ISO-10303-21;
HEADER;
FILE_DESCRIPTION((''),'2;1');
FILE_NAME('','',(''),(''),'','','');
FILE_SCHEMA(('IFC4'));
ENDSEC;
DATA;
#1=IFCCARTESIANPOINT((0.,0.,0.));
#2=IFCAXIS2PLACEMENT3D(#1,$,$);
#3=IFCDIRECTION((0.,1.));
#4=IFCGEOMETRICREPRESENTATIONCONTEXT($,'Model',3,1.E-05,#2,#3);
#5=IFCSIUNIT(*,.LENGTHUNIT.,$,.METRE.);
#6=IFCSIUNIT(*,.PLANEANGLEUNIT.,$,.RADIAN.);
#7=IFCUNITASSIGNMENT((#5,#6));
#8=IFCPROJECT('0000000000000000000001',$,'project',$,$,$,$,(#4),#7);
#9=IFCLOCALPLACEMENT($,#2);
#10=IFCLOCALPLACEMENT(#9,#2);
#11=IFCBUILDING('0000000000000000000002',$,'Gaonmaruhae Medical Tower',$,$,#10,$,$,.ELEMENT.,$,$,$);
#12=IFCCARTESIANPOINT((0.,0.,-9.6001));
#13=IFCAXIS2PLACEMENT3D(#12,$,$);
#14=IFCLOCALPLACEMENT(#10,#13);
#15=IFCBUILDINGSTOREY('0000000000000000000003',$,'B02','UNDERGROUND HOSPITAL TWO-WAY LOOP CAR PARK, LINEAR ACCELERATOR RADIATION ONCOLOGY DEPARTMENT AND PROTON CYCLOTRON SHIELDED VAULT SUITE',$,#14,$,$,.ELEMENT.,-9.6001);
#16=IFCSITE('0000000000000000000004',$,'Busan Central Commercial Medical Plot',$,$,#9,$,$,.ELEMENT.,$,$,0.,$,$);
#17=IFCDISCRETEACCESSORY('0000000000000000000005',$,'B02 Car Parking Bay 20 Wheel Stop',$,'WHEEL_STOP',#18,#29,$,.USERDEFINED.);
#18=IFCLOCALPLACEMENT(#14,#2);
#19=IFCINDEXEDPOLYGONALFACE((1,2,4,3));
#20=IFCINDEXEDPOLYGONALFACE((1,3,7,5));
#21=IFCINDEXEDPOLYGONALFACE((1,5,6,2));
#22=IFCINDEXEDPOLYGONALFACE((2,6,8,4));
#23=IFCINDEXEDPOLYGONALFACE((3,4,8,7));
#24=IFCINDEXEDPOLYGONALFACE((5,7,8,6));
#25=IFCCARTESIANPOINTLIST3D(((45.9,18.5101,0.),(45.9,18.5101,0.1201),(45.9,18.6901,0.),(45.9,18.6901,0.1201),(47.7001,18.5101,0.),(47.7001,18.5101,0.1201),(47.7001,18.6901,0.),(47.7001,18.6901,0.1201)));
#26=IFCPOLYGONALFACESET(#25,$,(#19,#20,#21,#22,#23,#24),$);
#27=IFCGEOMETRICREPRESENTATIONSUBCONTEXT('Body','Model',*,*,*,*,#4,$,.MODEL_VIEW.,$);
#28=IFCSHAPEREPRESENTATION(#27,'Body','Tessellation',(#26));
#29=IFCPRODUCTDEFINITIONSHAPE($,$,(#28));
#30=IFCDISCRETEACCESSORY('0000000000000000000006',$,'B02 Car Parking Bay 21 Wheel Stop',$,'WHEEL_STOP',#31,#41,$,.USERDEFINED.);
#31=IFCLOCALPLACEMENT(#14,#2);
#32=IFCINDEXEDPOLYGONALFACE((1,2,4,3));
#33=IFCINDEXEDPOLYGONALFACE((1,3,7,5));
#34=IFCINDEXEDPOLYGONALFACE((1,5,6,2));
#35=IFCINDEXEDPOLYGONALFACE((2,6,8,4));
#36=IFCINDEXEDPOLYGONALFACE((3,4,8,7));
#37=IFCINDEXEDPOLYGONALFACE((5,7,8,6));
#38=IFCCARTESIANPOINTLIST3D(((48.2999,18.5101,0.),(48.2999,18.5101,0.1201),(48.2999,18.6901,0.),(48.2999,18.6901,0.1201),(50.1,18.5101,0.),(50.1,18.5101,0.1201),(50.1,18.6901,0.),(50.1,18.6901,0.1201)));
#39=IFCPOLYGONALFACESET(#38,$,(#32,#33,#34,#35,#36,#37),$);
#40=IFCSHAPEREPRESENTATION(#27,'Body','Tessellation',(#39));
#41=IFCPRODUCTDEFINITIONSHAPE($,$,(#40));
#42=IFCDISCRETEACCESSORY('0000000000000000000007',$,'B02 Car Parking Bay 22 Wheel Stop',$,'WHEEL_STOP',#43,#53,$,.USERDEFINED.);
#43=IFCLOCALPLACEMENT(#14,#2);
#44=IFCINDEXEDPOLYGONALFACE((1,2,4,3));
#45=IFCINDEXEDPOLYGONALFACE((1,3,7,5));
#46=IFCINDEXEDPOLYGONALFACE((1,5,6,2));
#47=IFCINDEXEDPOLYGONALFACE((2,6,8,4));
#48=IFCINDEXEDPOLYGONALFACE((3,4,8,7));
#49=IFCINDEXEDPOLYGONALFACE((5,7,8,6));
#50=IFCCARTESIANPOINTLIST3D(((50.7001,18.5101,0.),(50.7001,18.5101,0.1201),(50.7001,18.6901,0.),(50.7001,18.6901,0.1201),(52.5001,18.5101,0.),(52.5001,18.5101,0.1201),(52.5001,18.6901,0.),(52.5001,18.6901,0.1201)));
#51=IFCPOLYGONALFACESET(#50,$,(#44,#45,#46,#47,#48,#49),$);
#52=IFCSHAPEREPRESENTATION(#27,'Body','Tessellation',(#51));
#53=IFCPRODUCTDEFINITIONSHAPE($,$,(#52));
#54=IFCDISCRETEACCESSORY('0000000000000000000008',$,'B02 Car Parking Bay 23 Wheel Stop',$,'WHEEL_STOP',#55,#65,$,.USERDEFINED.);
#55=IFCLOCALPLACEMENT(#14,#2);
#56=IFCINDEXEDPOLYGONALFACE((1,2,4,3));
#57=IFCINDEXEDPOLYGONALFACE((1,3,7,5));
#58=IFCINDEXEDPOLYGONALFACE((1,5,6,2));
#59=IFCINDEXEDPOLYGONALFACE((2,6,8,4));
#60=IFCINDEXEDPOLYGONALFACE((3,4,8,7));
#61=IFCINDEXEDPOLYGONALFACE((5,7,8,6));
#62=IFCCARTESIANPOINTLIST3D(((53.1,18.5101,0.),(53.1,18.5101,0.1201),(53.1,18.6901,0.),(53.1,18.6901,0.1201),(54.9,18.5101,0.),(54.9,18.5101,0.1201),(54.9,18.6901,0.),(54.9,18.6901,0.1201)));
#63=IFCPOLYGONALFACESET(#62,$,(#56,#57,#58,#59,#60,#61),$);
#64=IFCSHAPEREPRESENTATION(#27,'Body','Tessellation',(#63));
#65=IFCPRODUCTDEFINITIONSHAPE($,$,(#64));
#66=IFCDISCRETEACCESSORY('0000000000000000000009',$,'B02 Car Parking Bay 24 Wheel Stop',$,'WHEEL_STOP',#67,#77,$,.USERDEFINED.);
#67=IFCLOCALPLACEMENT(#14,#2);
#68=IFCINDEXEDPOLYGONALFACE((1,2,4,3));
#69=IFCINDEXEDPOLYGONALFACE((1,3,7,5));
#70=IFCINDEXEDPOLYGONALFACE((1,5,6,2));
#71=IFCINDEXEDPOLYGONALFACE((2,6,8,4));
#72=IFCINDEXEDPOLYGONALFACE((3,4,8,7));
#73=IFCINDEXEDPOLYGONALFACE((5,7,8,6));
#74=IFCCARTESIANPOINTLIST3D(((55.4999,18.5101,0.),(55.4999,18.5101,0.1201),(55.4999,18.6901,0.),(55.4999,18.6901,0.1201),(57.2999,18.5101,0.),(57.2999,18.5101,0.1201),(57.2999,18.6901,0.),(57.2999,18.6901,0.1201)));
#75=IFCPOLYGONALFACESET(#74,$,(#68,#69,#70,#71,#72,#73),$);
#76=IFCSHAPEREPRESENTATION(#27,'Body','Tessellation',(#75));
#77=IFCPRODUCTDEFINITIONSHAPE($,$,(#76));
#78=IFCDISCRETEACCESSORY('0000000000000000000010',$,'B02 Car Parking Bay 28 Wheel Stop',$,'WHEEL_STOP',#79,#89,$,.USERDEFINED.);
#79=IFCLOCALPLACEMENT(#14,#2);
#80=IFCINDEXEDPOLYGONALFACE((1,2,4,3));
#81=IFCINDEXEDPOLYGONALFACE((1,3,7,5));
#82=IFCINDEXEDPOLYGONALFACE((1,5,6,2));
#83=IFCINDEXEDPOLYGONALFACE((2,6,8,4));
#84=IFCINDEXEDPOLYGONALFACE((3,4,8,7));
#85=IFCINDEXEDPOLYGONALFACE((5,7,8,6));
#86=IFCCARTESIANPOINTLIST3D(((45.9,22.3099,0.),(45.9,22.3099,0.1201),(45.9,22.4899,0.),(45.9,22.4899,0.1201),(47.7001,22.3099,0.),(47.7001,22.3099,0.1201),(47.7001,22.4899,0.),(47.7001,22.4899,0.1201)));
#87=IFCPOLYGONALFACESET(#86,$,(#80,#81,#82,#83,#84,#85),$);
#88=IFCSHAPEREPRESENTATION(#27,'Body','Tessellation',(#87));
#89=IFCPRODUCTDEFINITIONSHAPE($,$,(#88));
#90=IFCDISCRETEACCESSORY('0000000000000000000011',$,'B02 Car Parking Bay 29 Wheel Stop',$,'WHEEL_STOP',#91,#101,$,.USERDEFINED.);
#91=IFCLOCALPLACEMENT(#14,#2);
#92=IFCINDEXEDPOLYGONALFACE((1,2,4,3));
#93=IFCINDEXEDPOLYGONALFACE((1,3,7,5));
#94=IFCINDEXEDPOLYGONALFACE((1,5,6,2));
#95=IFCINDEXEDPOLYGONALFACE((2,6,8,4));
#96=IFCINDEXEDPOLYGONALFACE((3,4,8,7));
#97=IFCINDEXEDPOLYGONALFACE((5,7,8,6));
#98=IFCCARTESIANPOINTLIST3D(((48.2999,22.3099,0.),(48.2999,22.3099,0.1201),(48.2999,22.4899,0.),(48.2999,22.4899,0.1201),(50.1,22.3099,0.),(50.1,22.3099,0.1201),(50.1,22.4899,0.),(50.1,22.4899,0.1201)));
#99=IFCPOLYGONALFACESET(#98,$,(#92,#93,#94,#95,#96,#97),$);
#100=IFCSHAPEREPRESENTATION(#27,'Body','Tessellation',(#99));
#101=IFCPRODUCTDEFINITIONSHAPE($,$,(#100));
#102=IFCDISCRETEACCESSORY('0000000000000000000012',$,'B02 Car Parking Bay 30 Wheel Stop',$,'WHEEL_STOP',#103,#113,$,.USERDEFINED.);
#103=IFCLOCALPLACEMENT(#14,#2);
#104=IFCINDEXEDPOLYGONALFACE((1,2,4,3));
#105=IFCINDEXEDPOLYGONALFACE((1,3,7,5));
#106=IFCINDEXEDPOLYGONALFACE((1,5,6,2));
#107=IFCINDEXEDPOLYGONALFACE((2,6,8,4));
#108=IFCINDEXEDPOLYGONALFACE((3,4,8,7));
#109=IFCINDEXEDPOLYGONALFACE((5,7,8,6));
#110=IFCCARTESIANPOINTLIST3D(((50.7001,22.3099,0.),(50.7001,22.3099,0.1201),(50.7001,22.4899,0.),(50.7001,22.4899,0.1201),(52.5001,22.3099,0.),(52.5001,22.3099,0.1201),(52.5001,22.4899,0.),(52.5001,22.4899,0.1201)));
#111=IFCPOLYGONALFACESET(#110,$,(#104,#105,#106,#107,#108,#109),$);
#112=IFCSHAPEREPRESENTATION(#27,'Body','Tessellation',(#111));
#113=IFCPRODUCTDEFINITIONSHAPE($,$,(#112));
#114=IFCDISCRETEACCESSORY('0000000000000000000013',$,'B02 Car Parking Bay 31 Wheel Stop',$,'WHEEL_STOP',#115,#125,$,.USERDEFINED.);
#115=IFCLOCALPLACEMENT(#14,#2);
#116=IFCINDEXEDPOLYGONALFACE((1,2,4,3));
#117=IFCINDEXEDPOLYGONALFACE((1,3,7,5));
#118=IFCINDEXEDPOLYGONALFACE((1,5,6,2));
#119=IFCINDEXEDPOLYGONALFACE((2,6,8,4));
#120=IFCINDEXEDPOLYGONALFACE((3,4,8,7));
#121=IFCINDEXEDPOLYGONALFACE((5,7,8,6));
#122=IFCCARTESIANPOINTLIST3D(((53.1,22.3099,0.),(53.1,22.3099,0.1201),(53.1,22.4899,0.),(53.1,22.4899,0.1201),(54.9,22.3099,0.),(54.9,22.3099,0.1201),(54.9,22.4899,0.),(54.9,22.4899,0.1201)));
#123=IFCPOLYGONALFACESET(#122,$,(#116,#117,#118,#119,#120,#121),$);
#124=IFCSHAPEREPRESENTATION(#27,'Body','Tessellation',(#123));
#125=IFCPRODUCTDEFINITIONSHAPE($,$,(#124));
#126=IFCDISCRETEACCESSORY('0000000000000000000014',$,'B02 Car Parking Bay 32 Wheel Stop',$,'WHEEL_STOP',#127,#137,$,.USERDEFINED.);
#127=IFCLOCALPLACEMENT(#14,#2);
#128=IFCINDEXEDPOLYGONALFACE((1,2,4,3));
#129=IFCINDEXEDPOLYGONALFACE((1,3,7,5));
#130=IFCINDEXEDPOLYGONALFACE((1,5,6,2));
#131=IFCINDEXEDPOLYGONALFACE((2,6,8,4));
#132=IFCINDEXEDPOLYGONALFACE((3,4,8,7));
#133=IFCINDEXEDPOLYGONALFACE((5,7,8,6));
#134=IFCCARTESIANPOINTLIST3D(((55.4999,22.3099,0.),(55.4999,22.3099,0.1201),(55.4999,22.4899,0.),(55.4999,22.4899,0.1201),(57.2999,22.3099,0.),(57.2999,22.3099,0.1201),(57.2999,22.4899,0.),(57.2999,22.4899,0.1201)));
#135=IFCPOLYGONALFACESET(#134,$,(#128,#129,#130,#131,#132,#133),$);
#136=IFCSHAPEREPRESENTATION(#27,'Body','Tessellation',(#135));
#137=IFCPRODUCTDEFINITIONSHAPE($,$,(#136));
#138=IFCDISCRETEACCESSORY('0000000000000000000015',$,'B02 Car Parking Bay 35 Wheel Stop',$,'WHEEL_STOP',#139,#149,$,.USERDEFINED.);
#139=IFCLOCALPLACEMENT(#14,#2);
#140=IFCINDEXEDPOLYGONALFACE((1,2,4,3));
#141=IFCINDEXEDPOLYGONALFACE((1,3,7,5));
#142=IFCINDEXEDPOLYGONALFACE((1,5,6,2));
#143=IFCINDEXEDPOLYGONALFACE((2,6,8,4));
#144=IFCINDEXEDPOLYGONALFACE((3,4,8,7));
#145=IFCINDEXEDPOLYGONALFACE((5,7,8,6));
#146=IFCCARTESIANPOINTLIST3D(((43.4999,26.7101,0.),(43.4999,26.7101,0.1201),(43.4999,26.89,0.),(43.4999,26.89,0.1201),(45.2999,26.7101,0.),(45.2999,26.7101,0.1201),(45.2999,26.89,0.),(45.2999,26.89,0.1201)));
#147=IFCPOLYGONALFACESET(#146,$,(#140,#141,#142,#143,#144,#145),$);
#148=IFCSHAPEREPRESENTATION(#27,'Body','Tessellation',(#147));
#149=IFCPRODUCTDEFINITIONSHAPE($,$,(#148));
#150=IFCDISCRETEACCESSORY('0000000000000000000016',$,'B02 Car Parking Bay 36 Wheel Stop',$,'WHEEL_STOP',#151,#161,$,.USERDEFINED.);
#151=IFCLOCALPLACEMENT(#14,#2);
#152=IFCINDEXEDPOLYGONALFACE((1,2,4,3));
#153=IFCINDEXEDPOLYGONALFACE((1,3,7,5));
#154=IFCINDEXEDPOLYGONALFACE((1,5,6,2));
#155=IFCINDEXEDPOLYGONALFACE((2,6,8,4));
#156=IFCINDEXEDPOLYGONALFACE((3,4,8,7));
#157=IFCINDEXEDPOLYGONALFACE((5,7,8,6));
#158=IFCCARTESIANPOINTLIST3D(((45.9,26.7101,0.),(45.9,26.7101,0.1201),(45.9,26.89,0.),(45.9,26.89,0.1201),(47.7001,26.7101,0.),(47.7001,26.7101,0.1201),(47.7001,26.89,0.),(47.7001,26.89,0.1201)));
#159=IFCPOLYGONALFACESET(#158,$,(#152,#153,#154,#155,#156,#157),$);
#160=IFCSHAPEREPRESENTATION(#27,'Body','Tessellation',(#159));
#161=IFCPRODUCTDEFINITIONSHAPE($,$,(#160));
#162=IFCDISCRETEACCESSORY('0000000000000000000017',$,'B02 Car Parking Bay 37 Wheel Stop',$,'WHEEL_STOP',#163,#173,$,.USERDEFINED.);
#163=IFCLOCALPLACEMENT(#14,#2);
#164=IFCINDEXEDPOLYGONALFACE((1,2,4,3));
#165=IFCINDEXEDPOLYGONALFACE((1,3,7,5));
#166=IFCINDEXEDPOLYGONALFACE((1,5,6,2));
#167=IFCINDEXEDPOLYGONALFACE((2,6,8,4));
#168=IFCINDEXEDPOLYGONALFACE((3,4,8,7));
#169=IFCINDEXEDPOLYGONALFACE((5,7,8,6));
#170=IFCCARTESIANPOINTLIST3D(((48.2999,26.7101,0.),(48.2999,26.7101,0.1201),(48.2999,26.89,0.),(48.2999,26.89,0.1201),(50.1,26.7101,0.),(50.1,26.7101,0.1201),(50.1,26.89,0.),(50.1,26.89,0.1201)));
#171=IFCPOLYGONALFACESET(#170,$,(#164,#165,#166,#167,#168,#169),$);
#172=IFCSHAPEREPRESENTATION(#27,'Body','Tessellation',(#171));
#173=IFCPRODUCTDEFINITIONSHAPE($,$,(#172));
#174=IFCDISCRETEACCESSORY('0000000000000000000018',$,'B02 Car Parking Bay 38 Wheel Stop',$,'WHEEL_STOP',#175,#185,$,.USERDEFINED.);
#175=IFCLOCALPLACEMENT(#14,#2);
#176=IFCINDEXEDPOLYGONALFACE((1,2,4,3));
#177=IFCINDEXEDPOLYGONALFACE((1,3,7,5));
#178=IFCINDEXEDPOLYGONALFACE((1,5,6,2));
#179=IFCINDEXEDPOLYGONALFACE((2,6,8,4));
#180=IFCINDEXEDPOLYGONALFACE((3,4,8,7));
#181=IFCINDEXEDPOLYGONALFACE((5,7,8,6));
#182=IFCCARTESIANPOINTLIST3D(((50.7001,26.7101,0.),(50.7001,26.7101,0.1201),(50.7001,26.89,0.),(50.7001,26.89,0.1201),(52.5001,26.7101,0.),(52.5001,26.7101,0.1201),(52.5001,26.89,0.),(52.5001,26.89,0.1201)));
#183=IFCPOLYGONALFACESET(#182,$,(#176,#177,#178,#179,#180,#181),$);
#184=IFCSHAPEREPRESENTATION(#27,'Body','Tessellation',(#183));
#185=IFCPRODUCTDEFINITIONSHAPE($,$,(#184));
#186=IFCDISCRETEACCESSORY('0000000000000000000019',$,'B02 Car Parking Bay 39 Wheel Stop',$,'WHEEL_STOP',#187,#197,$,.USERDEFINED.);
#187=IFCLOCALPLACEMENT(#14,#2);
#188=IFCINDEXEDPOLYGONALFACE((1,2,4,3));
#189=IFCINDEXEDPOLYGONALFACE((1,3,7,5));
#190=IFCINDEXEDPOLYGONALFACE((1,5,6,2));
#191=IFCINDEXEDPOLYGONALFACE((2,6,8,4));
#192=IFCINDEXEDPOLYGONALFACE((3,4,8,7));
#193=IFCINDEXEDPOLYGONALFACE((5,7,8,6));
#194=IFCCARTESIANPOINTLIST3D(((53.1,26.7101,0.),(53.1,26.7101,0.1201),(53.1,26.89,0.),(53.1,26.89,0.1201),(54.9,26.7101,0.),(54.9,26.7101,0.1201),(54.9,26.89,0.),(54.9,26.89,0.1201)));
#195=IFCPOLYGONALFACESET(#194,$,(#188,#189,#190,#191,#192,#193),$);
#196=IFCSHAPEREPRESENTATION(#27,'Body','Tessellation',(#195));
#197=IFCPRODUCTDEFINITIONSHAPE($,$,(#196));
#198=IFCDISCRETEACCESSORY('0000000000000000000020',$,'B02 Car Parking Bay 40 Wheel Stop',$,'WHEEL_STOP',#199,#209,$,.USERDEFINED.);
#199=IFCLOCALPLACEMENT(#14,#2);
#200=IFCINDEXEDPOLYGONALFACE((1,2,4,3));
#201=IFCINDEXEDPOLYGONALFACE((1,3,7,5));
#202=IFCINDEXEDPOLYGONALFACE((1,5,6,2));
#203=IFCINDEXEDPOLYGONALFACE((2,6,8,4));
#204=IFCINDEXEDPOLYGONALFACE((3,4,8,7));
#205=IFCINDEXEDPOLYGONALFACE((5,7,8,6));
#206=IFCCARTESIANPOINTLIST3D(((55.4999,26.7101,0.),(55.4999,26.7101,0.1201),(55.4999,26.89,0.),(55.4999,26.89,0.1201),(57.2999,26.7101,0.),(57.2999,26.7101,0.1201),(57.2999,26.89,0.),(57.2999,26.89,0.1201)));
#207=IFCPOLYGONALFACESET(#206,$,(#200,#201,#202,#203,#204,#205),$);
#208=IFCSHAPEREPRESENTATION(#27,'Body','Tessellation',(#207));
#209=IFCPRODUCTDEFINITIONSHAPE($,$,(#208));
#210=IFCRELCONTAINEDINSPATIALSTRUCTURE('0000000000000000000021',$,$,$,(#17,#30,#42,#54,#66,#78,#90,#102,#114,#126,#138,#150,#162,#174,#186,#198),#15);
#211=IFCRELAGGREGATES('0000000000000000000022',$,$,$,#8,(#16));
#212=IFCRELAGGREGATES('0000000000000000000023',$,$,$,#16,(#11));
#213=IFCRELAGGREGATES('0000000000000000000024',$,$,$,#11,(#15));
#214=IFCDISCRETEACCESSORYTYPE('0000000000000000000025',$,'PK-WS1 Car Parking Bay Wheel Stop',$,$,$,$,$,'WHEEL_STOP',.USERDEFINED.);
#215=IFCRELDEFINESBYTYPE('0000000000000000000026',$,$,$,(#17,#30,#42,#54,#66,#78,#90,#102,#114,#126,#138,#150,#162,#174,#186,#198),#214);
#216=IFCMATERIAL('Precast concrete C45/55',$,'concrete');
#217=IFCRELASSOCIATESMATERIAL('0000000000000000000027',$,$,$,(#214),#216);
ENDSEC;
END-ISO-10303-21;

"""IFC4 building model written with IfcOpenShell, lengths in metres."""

from ifc_helpers import new_model, si_unit, direction, frame, origin, origin_2d, place, context, subcontext, project, spatial, rectangle, extrude, material, type_object, element, save


model = new_model("IFC4")

# Units and contexts
model_context = context("Model", 3, precision=1e-05, world=origin(), true_north=direction((0.0, 1.0)))
body_context = subcontext(model_context, "Body", "Model", "MODEL_VIEW")
ifc_project = project(units=[si_unit("LENGTHUNIT", "METRE"), si_unit("PLANEANGLEUNIT", "RADIAN")], contexts=[model_context])

# Site, building, storey
site_placement = place(None, origin())
site = spatial("IfcSite", under=ifc_project, at=site_placement, Name="Busan Central Commercial Medical Plot", CompositionType="ELEMENT", RefElevation=0.0)
building_placement = place(site_placement, origin())
building = spatial("IfcBuilding", under=site, at=building_placement, Name="Gaonmaruhae Medical Tower", CompositionType="ELEMENT")
storey_placement = place(building_placement, frame((0.0, 0.0, -9.6001)))
storey = spatial("IfcBuildingStorey", under=building, at=storey_placement, Name="B02", Description="UNDERGROUND HOSPITAL TWO-WAY LOOP CAR PARK, LINEAR ACCELERATOR RADIATION ONCOLOGY DEPARTMENT AND PROTON CYCLOTRON SHIELDED VAULT SUITE", CompositionType="ELEMENT", Elevation=-9.6001)

# Discrete accessories
ifc_material_1 = material(Name="Precast concrete C45/55", Category="concrete")
discrete_accessory_type = type_object("IfcDiscreteAccessoryType", Name="PK-WS1 Car Parking Bay Wheel Stop", ElementType="WHEEL_STOP", PredefinedType="USERDEFINED", material=ifc_material_1)
for number, where, z_axis, x_axis, name in (
    (1, (46.8, 18.6001, 0.0), (0.0, 0.0, 1.0), (1.0, 0.0, 0.0), "B02 Car Parking Bay 20 Wheel Stop"),
    (2, (49.2, 18.6001, 0.0), (0.0, 0.0, 1.0), (1.0, 0.0, 0.0), "B02 Car Parking Bay 21 Wheel Stop"),
    (3, (51.6001, 18.6001, 0.0), (0.0, 0.0, 1.0), (1.0, 0.0, 0.0), "B02 Car Parking Bay 22 Wheel Stop"),
    (4, (54.0, 18.6001, 0.0), (0.0, 0.0, 1.0), (1.0, 0.0, 0.0), "B02 Car Parking Bay 23 Wheel Stop"),
    (5, (56.3999, 18.6001, 0.0), (0.0, 0.0, 1.0), (1.0, 0.0, 0.0), "B02 Car Parking Bay 24 Wheel Stop"),
    (6, (46.8, 22.3999, 0.0), (0.0, 0.0, 1.0), (1.0, 0.0, 0.0), "B02 Car Parking Bay 28 Wheel Stop"),
    (7, (49.2, 22.3999, 0.0), (0.0, 0.0, 1.0), (1.0, 0.0, 0.0), "B02 Car Parking Bay 29 Wheel Stop"),
    (8, (51.6001, 22.3999, 0.0), (0.0, 0.0, 1.0), (1.0, 0.0, 0.0), "B02 Car Parking Bay 30 Wheel Stop"),
    (9, (54.0, 22.3999, 0.0), (0.0, 0.0, 1.0), (1.0, 0.0, 0.0), "B02 Car Parking Bay 31 Wheel Stop"),
    (10, (56.3999, 22.3999, 0.0), (0.0, 0.0, 1.0), (1.0, 0.0, 0.0), "B02 Car Parking Bay 32 Wheel Stop"),
    (11, (44.3999, 26.8, 0.0), (0.0, 0.0, 1.0), (1.0, 0.0, 0.0), "B02 Car Parking Bay 35 Wheel Stop"),
    (12, (46.8, 26.8, 0.0), (0.0, 0.0, 1.0), (1.0, 0.0, 0.0), "B02 Car Parking Bay 36 Wheel Stop"),
    (13, (49.2, 26.8, 0.0), (0.0, 0.0, 1.0), (1.0, 0.0, 0.0), "B02 Car Parking Bay 37 Wheel Stop"),
    (14, (51.6001, 26.8, 0.0), (0.0, 0.0, 1.0), (1.0, 0.0, 0.0), "B02 Car Parking Bay 38 Wheel Stop"),
    (15, (54.0, 26.8, 0.0), (0.0, 0.0, 1.0), (1.0, 0.0, 0.0), "B02 Car Parking Bay 39 Wheel Stop"),
    (16, (56.3999, 26.8, 0.0), (0.0, 0.0, 1.0), (1.0, 0.0, 0.0), "B02 Car Parking Bay 40 Wheel Stop"),
):
    element("IfcDiscreteAccessory", number, at=place(storey_placement, frame(where, z_axis=z_axis, x_axis=x_axis)), inside=storey, type_object=discrete_accessory_type, Name=name, ObjectType="WHEEL_STOP", PredefinedType="USERDEFINED", context=body_context, shape_type="SweptSolid", body=[
        extrude(rectangle(XDim=1.8, YDim=0.1799, at=origin_2d()), origin(), (0.0, 0.0, 1.0), 0.1201),
    ])

save(model, "model.ifc")
